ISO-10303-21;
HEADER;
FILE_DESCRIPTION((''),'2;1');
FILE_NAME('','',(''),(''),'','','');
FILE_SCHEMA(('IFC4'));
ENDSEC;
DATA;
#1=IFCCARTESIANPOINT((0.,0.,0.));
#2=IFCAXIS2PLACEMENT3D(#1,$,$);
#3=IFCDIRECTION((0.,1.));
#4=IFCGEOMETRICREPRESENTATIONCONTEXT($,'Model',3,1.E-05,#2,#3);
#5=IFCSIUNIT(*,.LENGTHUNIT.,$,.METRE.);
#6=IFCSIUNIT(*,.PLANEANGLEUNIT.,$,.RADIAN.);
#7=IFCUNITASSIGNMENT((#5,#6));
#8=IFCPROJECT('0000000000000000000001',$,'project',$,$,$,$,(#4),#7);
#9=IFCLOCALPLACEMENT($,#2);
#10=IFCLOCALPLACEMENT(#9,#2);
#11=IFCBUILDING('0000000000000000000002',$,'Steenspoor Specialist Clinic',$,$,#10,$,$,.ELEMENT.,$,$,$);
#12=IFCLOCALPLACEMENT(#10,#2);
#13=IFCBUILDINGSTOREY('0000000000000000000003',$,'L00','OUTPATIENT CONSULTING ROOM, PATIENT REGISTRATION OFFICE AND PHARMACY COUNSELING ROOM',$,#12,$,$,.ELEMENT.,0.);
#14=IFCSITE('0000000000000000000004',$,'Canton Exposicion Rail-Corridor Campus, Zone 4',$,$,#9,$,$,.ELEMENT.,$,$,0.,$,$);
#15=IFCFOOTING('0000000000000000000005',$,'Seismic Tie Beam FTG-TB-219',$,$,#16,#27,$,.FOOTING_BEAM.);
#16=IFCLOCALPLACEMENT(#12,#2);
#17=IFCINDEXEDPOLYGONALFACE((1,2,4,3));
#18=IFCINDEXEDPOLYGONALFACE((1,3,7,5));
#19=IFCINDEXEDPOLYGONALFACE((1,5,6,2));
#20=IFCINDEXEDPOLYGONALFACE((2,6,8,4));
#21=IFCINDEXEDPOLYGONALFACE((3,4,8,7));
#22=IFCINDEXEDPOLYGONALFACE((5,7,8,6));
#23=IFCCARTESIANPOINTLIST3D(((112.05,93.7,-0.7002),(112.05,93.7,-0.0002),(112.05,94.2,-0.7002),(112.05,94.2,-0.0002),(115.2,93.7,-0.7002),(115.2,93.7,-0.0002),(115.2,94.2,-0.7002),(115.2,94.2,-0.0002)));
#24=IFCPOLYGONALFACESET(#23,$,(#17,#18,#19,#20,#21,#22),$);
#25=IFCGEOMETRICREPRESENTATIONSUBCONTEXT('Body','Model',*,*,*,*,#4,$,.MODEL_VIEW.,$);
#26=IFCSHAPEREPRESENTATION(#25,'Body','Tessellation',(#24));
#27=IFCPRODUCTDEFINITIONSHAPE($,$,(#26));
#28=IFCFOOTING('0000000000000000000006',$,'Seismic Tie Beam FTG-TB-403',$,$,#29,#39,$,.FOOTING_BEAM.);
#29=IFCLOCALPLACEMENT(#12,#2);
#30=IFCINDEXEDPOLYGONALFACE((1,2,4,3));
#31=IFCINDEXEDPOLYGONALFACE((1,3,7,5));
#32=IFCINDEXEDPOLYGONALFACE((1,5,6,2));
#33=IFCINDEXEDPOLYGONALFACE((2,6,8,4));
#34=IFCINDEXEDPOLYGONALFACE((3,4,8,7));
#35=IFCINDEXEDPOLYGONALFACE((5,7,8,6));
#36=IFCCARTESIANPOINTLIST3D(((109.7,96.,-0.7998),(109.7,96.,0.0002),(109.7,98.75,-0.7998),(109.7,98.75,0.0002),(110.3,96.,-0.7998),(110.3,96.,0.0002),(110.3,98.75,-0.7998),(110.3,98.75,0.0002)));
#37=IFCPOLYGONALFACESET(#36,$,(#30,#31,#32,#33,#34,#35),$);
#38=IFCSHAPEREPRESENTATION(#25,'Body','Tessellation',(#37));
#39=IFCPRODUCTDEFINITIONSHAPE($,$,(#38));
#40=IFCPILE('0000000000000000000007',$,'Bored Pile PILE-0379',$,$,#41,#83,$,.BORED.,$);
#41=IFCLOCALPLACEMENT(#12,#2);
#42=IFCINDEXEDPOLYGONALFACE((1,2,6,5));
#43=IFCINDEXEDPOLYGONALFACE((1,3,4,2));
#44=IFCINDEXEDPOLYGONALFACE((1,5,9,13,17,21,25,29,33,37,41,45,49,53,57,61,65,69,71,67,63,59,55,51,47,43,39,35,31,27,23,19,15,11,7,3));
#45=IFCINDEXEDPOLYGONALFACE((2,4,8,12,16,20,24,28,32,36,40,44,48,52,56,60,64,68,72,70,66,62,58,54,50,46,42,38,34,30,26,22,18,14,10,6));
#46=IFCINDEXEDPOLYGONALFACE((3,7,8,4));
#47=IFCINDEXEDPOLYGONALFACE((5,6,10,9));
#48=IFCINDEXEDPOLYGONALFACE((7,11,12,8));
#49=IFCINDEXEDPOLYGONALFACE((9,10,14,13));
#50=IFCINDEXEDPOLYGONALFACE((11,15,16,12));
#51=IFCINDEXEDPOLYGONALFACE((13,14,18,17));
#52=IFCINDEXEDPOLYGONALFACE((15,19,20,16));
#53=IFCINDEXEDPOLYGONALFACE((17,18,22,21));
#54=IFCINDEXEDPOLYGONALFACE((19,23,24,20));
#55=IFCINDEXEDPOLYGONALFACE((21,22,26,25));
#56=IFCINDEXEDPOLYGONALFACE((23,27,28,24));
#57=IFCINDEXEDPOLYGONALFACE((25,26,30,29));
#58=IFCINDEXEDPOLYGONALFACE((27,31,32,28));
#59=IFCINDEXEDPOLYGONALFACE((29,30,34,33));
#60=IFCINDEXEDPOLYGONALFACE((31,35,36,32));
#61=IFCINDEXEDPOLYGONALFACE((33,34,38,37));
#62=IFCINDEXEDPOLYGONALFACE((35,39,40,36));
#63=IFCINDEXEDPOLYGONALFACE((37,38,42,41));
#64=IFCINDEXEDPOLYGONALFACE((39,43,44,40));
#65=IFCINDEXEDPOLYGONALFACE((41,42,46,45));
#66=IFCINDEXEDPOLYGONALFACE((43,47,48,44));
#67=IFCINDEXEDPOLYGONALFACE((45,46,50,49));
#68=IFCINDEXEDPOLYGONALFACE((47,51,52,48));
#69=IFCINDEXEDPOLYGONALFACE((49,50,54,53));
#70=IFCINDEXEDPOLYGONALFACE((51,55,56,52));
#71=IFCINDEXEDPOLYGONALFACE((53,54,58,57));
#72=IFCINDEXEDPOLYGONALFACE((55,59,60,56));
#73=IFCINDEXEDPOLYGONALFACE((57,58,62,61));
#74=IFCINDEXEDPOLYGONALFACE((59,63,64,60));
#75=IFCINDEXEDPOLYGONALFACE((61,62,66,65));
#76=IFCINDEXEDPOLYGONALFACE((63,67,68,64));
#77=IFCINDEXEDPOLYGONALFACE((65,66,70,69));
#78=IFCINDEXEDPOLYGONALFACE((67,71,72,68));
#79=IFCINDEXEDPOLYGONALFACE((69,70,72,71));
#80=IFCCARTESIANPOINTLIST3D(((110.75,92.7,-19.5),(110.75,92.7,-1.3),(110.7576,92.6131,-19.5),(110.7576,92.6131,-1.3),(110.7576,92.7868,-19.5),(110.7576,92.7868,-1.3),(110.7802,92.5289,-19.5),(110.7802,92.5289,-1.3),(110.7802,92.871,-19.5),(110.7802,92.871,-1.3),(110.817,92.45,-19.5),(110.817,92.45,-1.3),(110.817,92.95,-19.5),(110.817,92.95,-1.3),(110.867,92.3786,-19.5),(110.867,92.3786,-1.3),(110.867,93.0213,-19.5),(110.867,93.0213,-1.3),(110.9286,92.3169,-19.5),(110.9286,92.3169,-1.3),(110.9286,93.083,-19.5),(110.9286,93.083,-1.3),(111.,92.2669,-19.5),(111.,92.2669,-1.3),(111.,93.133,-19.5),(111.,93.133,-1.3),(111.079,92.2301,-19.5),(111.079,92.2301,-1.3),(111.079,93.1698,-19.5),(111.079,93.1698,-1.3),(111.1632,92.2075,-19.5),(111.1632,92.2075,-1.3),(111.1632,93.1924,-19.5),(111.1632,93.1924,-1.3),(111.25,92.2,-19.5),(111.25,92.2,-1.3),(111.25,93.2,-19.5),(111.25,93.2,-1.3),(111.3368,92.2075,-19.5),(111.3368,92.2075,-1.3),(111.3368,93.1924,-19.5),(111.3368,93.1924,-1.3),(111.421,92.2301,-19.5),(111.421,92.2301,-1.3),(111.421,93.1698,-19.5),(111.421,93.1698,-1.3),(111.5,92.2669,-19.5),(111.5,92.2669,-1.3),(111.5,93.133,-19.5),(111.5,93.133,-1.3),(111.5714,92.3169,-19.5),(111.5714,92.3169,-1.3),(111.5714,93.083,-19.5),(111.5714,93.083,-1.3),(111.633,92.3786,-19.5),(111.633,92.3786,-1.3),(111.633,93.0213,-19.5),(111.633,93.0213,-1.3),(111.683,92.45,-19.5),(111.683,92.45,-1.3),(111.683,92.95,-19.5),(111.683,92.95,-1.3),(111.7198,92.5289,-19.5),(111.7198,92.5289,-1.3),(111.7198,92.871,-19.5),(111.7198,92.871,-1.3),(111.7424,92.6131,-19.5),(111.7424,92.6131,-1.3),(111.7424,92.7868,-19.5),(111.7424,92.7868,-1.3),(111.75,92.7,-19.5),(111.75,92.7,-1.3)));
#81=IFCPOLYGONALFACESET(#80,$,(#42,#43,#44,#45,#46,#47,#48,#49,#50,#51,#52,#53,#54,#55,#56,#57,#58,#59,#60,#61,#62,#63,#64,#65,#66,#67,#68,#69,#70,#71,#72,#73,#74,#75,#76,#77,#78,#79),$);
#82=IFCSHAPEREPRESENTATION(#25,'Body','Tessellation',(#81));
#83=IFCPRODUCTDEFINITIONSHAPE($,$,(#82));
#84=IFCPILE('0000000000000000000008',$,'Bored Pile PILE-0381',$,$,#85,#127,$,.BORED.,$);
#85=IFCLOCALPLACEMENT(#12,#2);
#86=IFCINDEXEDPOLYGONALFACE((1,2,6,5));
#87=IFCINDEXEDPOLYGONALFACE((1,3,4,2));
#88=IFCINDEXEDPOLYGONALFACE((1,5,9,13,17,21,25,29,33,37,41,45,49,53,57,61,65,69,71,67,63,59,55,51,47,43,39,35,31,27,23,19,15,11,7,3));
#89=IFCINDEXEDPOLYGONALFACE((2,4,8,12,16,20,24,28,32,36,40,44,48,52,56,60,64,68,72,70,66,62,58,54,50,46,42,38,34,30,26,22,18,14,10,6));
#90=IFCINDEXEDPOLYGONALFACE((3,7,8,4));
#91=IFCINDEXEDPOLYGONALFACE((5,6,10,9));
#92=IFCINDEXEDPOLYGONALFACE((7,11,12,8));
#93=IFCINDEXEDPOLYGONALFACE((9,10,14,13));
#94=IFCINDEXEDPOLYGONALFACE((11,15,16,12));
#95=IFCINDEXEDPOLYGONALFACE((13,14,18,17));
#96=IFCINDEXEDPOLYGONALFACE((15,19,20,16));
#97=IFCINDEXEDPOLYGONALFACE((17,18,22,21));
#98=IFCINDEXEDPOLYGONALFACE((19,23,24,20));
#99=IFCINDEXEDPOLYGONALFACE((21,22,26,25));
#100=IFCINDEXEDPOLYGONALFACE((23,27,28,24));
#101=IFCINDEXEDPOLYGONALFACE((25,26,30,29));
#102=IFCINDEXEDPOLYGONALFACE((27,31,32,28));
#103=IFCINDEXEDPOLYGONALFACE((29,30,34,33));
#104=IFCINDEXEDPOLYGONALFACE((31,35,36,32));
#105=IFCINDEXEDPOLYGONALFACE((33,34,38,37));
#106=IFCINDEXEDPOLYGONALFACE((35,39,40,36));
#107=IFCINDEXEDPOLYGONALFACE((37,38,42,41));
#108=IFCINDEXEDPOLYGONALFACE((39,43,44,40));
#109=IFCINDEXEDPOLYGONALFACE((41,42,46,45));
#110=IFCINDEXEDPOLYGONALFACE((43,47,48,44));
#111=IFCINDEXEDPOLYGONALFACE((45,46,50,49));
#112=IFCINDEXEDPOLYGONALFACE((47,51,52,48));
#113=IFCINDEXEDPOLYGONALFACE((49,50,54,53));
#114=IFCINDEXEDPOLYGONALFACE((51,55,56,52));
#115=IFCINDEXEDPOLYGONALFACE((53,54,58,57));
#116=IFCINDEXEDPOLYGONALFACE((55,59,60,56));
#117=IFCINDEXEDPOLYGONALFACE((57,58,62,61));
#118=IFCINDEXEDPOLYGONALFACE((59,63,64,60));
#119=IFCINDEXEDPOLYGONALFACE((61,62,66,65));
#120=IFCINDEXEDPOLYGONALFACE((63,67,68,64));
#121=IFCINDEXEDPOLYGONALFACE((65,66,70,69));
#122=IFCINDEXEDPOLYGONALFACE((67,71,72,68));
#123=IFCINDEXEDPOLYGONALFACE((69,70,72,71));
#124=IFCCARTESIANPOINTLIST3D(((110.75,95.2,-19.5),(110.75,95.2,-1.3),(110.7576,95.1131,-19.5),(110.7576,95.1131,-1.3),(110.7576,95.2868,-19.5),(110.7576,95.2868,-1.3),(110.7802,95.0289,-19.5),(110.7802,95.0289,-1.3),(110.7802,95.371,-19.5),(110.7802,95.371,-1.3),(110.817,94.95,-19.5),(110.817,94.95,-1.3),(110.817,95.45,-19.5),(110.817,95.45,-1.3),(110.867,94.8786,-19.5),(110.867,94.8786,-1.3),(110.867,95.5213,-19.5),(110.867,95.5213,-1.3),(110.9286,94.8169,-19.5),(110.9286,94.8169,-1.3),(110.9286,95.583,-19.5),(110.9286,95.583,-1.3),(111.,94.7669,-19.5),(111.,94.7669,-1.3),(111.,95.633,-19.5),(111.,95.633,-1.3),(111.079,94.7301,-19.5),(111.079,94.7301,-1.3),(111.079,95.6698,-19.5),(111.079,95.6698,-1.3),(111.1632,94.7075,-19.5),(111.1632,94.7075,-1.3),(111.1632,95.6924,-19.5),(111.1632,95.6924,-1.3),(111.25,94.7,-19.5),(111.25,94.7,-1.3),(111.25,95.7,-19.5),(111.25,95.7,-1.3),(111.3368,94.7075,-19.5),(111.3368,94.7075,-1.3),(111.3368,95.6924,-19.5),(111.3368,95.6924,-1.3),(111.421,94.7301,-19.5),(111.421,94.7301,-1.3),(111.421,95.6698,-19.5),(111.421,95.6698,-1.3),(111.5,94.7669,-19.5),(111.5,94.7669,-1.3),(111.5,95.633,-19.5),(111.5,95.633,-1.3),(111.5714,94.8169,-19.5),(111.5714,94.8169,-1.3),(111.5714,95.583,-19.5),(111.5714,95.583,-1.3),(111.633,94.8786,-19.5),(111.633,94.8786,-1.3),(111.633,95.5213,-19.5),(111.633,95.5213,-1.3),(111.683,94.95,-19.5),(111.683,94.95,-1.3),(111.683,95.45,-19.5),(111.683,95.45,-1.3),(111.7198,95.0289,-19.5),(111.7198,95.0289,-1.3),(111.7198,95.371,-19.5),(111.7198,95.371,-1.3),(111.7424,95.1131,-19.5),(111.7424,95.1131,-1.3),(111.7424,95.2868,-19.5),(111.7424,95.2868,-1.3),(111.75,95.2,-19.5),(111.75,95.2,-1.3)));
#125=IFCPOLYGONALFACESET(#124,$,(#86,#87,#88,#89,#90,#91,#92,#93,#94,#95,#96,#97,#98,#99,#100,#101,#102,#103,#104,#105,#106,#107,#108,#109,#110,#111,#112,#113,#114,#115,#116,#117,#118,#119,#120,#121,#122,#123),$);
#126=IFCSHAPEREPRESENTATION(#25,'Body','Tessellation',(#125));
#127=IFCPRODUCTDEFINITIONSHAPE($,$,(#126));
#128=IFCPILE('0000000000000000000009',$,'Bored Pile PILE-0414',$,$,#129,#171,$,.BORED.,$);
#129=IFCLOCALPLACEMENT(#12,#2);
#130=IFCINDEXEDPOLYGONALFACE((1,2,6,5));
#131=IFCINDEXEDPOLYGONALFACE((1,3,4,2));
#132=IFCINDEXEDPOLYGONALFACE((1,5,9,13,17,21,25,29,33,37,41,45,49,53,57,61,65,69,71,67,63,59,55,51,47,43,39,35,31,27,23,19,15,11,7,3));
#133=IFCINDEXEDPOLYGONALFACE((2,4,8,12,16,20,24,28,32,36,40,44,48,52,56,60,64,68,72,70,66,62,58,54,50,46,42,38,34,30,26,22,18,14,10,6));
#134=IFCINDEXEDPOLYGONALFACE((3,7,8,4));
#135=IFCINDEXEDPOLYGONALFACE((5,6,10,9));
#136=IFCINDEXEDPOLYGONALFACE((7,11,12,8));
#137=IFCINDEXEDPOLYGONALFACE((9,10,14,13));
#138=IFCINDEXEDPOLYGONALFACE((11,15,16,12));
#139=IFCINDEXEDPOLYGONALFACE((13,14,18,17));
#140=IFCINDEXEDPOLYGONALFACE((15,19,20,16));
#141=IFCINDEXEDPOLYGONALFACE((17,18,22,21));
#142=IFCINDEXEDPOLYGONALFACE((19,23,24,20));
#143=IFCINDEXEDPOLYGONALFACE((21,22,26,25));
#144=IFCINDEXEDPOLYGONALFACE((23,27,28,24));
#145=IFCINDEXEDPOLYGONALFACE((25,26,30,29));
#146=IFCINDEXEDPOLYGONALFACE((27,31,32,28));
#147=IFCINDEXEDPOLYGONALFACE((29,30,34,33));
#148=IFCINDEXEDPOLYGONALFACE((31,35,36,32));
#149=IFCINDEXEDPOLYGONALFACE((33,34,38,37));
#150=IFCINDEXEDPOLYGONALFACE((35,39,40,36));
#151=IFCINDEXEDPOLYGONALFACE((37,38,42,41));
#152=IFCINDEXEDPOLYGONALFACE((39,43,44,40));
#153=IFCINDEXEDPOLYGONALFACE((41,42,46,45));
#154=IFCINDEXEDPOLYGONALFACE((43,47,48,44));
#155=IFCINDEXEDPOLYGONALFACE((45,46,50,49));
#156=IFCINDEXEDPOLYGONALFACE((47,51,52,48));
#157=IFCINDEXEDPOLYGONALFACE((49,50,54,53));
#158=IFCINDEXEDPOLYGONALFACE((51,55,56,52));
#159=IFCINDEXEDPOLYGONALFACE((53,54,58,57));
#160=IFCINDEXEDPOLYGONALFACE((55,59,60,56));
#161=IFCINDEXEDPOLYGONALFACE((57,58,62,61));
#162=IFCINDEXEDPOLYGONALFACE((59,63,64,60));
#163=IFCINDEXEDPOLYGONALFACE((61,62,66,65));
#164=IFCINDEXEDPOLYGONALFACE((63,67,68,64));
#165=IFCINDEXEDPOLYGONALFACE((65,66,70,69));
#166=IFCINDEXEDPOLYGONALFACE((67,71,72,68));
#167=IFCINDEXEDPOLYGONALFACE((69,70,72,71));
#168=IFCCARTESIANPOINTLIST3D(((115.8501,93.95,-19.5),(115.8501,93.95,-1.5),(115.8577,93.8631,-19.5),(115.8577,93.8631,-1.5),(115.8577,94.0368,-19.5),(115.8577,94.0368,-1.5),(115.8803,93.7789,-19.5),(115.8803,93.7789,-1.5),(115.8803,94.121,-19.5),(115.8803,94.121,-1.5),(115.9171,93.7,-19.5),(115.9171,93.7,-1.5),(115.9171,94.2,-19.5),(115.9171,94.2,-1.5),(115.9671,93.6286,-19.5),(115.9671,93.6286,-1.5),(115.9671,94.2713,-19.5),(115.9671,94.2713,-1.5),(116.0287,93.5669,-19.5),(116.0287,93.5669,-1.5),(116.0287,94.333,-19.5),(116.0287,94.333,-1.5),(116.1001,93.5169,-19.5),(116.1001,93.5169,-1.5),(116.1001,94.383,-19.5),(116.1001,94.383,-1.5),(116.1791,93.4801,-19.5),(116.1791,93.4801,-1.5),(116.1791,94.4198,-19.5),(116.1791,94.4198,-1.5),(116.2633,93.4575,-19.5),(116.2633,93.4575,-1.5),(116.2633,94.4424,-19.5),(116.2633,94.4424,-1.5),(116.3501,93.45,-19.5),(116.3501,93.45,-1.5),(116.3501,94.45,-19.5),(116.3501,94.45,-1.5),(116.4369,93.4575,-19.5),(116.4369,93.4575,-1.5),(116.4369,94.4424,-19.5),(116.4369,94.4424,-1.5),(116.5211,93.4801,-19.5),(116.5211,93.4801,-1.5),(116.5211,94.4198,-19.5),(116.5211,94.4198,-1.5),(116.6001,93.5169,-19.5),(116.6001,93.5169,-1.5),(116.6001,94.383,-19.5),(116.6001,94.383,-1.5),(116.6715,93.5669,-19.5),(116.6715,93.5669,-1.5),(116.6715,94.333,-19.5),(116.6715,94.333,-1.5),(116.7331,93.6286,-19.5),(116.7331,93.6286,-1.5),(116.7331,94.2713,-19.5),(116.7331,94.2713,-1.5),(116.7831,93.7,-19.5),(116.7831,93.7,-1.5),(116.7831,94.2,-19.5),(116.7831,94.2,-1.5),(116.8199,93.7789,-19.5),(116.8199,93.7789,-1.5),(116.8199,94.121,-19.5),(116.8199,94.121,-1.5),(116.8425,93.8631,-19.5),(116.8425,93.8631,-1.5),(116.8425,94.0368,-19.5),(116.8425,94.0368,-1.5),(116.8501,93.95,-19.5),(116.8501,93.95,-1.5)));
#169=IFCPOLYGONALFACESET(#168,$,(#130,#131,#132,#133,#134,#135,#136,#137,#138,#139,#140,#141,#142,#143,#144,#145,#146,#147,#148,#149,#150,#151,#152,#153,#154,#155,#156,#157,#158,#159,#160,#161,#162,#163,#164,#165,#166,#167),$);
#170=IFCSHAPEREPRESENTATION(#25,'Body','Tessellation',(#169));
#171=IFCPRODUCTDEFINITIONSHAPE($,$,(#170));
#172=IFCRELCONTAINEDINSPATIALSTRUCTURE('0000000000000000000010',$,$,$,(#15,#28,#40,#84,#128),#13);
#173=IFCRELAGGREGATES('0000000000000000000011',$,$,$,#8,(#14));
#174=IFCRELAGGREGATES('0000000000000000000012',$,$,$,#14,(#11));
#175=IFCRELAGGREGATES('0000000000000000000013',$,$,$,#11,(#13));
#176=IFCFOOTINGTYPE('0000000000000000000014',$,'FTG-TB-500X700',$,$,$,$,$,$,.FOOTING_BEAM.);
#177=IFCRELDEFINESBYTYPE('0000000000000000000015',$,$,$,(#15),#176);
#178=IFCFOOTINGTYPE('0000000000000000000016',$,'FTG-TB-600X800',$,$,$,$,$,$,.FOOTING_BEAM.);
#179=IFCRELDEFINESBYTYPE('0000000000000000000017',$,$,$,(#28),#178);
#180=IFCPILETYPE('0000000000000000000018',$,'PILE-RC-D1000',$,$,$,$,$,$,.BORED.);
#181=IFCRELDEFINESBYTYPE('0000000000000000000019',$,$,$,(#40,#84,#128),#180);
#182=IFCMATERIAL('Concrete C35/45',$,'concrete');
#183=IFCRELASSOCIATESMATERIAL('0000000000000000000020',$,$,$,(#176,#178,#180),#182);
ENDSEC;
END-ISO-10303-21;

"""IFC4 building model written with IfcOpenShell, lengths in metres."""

from ifc_helpers import new_model, si_unit, direction, frame, origin, origin_2d, place, context, subcontext, project, spatial, rectangle, circle, extrude, material, material_profile, profile_set, type_object, element, save


model = new_model("IFC4")

# Units and contexts
model_context = context("Model", 3, precision=1e-05, world=origin(), true_north=direction((0.0, 1.0)))
body_context = subcontext(model_context, "Body", "Model", "MODEL_VIEW")
ifc_project = project(units=[si_unit("LENGTHUNIT", "METRE"), si_unit("PLANEANGLEUNIT", "RADIAN")], contexts=[model_context])

# Site, building, storey
site_placement = place(None, origin())
site = spatial("IfcSite", under=ifc_project, at=site_placement, Name="Canton Exposicion Rail-Corridor Campus, Zone 4", CompositionType="ELEMENT", RefElevation=0.0)
building_placement = place(site_placement, origin())
building = spatial("IfcBuilding", under=site, at=building_placement, Name="Steenspoor Specialist Clinic", CompositionType="ELEMENT")
storey_placement = place(building_placement, origin())
storey = spatial("IfcBuildingStorey", under=building, at=storey_placement, Name="L00", Description="OUTPATIENT CONSULTING ROOM, PATIENT REGISTRATION OFFICE AND PHARMACY COUNSELING ROOM", CompositionType="ELEMENT", Elevation=0.0)

# Footings
ifc_material_1 = material(Name="Concrete C35/45", Category="concrete")
footing_type_1 = type_object("IfcFootingType", Name="FTG-TB-500X700", PredefinedType="FOOTING_BEAM", material=ifc_material_1)
footing_1_placement = place(storey_placement, frame((113.625, 93.95, -0.7002), z_axis=(0.0, 0.0, 1.0), x_axis=(1.0, 0.0, 0.0)))
element("IfcFooting", 1, at=footing_1_placement, inside=storey, type_object=footing_type_1, Name="Seismic Tie Beam FTG-TB-219", PredefinedType="FOOTING_BEAM", context=body_context, shape_type="SweptSolid", body=[
    extrude(rectangle(XDim=3.1499, YDim=0.5, at=origin_2d()), origin(), (0.0, 0.0, 1.0), 0.7),
])
footing_type_2 = type_object("IfcFootingType", Name="FTG-TB-600X800", PredefinedType="FOOTING_BEAM", material=ifc_material_1)
footing_2_placement = place(storey_placement, frame((110.0, 97.375, -0.7998), z_axis=(0.0, 0.0, 1.0), x_axis=(1.0, 0.0, 0.0)))
element("IfcFooting", 2, at=footing_2_placement, inside=storey, type_object=footing_type_2, Name="Seismic Tie Beam FTG-TB-403", PredefinedType="FOOTING_BEAM", context=body_context, shape_type="SweptSolid", body=[
    extrude(rectangle(XDim=0.6001, YDim=2.75, at=origin_2d()), origin(), (0.0, 0.0, 1.0), 0.8),
])

# Piles
ifc_material_profile_1 = material_profile(ifc_material_1, circle(Radius=0.5, at=origin_2d()), Name="PILE-D1000")
ifc_profile_set_1 = profile_set([ifc_material_profile_1], Name="Concrete C35/45")
pile_type_1 = type_object("IfcPileType", Name="PILE-RC-D1000", PredefinedType="BORED", material=ifc_profile_set_1)
for number, where, z_axis, x_axis, name in (
    (3, (111.25, 92.7, -1.3), (0.0, 0.0, -1.0), (1.0, 0.0, 0.0), "Bored Pile PILE-0379"),
    (4, (111.25, 95.2, -1.3), (0.0, 0.0, -1.0), (1.0, 0.0, 0.0), "Bored Pile PILE-0381"),
):
    element("IfcPile", number, at=place(storey_placement, frame(where, z_axis=z_axis, x_axis=x_axis)), inside=storey, type_object=pile_type_1, Name=name, PredefinedType="BORED", context=body_context, shape_type="SweptSolid", body=[
        extrude(circle(Radius=0.5, at=origin_2d()), origin(), (0.0, 0.0, 1.0), 18.2),
    ])
for number, where, z_axis, x_axis, name in (
    (5, (116.3501, 93.95, -1.5), (0.0, 0.0, -1.0), (1.0, 0.0, 0.0), "Bored Pile PILE-0414"),
):
    element("IfcPile", number, at=place(storey_placement, frame(where, z_axis=z_axis, x_axis=x_axis)), inside=storey, type_object=pile_type_1, Name=name, PredefinedType="BORED", context=body_context, shape_type="SweptSolid", body=[
        extrude(circle(Radius=0.5, at=origin_2d()), origin(), (0.0, 0.0, 1.0), 18.0),
    ])

save(model, "model.ifc")
